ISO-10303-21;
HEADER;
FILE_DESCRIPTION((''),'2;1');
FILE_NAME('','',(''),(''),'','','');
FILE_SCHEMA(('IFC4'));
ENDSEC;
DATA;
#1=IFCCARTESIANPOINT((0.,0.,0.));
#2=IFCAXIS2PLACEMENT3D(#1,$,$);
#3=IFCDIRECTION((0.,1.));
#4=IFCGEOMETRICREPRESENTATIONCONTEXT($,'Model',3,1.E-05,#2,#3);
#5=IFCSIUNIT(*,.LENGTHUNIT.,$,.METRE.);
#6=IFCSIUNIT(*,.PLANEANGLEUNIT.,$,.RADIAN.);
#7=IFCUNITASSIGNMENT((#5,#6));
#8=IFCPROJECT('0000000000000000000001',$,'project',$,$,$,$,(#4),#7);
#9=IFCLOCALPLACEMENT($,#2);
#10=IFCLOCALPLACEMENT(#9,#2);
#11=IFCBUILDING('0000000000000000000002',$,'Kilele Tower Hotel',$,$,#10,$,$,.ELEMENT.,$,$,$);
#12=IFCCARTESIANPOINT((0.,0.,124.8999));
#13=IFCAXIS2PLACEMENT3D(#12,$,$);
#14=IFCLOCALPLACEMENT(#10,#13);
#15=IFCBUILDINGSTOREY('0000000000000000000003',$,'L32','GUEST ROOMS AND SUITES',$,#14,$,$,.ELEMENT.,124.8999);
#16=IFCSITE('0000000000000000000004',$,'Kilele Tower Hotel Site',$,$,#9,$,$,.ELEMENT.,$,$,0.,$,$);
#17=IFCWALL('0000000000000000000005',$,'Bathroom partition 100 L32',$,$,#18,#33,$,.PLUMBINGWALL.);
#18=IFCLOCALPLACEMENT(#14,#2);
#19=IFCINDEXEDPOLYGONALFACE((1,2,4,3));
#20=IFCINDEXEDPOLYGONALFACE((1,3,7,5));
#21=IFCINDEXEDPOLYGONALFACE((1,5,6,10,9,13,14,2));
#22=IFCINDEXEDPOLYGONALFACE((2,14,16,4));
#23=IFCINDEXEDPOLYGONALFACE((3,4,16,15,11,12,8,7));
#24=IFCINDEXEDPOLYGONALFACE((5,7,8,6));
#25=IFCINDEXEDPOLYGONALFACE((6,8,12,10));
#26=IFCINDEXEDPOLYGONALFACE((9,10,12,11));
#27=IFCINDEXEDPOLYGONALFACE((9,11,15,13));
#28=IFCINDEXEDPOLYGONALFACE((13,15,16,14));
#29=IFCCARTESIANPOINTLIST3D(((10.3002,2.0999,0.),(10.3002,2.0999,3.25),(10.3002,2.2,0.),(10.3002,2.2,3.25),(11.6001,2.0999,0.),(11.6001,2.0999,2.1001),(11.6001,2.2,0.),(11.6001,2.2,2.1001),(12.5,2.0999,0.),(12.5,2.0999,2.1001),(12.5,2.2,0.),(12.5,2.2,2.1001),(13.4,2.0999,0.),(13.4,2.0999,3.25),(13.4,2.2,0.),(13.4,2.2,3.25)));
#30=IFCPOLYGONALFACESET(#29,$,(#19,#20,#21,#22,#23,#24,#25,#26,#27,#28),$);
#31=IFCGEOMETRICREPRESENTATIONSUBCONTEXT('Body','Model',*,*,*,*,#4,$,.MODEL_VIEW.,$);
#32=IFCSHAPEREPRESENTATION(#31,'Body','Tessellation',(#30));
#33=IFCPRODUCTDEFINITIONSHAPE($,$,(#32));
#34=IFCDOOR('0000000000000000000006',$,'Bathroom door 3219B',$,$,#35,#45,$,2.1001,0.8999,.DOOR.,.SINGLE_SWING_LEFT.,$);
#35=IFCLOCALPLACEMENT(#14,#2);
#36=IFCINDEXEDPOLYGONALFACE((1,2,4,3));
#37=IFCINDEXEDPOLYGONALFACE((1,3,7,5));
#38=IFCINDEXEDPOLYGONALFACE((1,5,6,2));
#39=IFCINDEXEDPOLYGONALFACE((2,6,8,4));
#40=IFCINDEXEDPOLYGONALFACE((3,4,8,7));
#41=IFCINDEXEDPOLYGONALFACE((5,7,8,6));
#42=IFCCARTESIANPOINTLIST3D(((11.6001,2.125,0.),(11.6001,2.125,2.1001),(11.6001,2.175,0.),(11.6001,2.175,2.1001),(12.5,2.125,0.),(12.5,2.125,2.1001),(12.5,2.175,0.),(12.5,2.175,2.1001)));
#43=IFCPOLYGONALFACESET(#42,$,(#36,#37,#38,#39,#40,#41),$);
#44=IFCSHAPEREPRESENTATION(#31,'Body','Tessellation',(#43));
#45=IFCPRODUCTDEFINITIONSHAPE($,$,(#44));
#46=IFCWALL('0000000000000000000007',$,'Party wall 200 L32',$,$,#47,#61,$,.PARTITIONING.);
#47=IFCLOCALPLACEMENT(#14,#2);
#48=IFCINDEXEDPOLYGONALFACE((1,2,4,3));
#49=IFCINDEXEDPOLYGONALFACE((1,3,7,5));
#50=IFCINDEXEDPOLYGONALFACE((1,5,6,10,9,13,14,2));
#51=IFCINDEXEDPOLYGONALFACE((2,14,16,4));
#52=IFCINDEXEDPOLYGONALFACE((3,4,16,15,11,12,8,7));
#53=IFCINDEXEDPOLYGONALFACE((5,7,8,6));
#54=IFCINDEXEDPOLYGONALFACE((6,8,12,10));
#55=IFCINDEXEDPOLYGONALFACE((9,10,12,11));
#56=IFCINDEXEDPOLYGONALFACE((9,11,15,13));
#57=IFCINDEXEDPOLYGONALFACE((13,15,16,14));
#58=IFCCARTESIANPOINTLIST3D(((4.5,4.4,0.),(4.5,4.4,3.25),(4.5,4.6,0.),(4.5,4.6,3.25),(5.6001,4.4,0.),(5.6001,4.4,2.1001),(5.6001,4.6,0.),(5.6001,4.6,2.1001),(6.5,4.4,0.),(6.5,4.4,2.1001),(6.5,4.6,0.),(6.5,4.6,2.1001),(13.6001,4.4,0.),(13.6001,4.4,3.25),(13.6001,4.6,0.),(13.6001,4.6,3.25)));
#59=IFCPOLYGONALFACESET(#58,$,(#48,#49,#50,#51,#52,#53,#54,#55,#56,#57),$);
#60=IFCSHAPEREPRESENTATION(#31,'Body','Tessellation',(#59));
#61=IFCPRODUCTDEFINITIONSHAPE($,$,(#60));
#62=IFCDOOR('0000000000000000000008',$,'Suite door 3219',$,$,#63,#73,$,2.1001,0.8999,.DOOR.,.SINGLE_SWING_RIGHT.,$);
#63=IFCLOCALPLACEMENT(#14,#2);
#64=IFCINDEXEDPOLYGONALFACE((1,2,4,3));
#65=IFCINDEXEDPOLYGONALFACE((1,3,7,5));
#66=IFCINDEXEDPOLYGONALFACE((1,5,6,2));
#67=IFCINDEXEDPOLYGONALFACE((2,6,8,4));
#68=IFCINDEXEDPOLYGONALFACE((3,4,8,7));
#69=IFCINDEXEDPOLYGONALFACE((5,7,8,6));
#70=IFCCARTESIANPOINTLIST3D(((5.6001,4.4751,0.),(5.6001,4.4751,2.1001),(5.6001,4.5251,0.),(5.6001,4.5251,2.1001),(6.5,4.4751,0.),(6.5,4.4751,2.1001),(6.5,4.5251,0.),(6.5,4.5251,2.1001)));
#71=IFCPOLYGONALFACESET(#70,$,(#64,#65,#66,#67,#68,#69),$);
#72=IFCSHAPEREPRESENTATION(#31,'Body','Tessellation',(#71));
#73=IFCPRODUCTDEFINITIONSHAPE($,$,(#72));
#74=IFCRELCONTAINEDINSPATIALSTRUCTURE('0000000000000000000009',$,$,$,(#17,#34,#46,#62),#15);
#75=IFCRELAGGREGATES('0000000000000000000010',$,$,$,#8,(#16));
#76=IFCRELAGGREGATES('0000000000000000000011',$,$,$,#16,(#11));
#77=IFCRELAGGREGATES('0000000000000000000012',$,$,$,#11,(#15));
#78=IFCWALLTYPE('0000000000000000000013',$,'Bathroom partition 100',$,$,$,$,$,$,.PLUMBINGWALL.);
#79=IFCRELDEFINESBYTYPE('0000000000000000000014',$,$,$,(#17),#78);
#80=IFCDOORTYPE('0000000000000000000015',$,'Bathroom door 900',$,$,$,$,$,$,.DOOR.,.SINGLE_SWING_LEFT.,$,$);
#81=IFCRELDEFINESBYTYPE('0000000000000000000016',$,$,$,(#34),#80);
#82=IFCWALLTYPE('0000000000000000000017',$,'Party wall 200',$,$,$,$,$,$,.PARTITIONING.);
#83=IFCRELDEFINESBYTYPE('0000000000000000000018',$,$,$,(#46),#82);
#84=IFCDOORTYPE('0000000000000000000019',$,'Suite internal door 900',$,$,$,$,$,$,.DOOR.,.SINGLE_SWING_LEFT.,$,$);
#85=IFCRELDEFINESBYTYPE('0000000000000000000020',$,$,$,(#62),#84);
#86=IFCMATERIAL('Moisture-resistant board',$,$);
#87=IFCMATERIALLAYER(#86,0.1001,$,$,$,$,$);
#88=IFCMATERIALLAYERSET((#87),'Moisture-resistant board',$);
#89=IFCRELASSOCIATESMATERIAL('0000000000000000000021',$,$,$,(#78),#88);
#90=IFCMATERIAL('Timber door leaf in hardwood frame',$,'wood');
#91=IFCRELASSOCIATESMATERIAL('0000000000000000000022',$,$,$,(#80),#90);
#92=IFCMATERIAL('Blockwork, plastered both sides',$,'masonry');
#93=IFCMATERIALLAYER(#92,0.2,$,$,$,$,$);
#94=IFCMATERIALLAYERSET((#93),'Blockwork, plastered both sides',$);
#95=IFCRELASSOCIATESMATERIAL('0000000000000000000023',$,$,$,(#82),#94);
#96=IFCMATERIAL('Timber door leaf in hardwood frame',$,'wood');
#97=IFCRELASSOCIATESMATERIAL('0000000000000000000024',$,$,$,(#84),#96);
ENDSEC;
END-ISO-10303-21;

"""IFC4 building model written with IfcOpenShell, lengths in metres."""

from ifc_helpers import new_model, si_unit, direction, frame, frame_2d, origin, place, context, subcontext, project, spatial, rectangle, extrude, material, layer, layer_set, type_object, element, fill, save


model = new_model("IFC4")

# Units and contexts
model_context = context("Model", 3, precision=1e-05, world=origin(), true_north=direction((0.0, 1.0)))
body_context = subcontext(model_context, "Body", "Model", "MODEL_VIEW")
ifc_project = project(units=[si_unit("LENGTHUNIT", "METRE"), si_unit("PLANEANGLEUNIT", "RADIAN")], contexts=[model_context])

# Site, building, storey
site_placement = place(None, origin())
site = spatial("IfcSite", under=ifc_project, at=site_placement, Name="Kilele Tower Hotel Site", CompositionType="ELEMENT", RefElevation=0.0)
building_placement = place(site_placement, origin())
building = spatial("IfcBuilding", under=site, at=building_placement, Name="Kilele Tower Hotel", CompositionType="ELEMENT")
storey_placement = place(building_placement, frame((0.0, 0.0, 124.8999)))
storey = spatial("IfcBuildingStorey", under=building, at=storey_placement, Name="L32", Description="GUEST ROOMS AND SUITES", CompositionType="ELEMENT", Elevation=124.8999)

# Shared definitions
ifc_material_1 = material(Name="Moisture-resistant board")
ifc_layer_1 = layer(ifc_material_1, 0.1001)
ifc_layer_set_1 = layer_set([ifc_layer_1], Name="Moisture-resistant board")
wall_type_1 = type_object("IfcWallType", Name="Bathroom partition 100", PredefinedType="PLUMBINGWALL", material=ifc_layer_set_1)

# Walls, openings, doors
ifc_material_2 = material(Name="Timber door leaf in hardwood frame", Category="wood")
door_type_1 = type_object("IfcDoorType", Name="Bathroom door 900", OperationType="SINGLE_SWING_LEFT", PredefinedType="DOOR", material=ifc_material_2)
wall_1_placement = place(storey_placement, frame((13.3999, 2.1499, 0.0), z_axis=(0.0, 0.0, 1.0), x_axis=(-1.0, 0.0, 0.0)))
wall_1 = element("IfcWall", 1, at=wall_1_placement, inside=storey, type_object=wall_type_1, Name="Bathroom partition 100 L32", PredefinedType="PLUMBINGWALL", context=body_context, shape_type="SweptSolid", body=[
    extrude(rectangle(XDim=3.0999, YDim=0.1001, at=frame_2d((1.5498, 0.0))), origin(), (0.0, 0.0, 1.0), 3.25),
])
opening_1_placement = place(wall_1_placement, frame((0.8999, 0.0, 0.0)))
opening_1 = element("IfcOpeningElement", 2, at=opening_1_placement, cuts=wall_1, PredefinedType="OPENING", context=body_context, shape_type="SweptSolid", body=[
    extrude(rectangle(XDim=0.8999, YDim=2.1001, at=frame_2d((0.45, 1.05))), frame((0.0, 0.0601, 0.0), z_axis=(0.0, -1.0, 0.0), x_axis=(1.0, 0.0, 0.0)), (0.0, 0.0, 1.0), 0.1201),
])
door_1_placement = place(opening_1_placement, origin())
door_1 = element("IfcDoor", 3, at=door_1_placement, inside=storey, type_object=door_type_1, Name="Bathroom door 3219B", OperationType="SINGLE_SWING_LEFT", OverallHeight=2.1001, OverallWidth=0.8999, PredefinedType="DOOR", context=body_context, shape_type="SweptSolid", body=[
    extrude(rectangle(XDim=0.8999, YDim=2.1001, at=frame_2d((0.45, 1.05))), frame((0.0, 0.0249, 0.0), z_axis=(0.0, -1.0, 0.0), x_axis=(1.0, 0.0, 0.0)), (0.0, 0.0, 1.0), 0.05),
])
fill(opening_1, door_1)
ifc_material_3 = material(Name="Blockwork, plastered both sides", Category="masonry")
ifc_layer_2 = layer(ifc_material_3, 0.2)
ifc_layer_set_2 = layer_set([ifc_layer_2], Name="Blockwork, plastered both sides")
wall_type_2 = type_object("IfcWallType", Name="Party wall 200", PredefinedType="PARTITIONING", material=ifc_layer_set_2)
wall_2_placement = place(storey_placement, frame((13.6001, 4.5, 0.0), z_axis=(0.0, 0.0, 1.0), x_axis=(-1.0, 0.0, 0.0)))
wall_2 = element("IfcWall", 4, at=wall_2_placement, inside=storey, type_object=wall_type_2, Name="Party wall 200 L32", PredefinedType="PARTITIONING", context=body_context, shape_type="SweptSolid", body=[
    extrude(rectangle(XDim=9.1001, YDim=0.2, at=frame_2d((4.55, 0.0))), origin(), (0.0, 0.0, 1.0), 3.25),
])
opening_2_placement = place(wall_2_placement, frame((7.1001, 0.0, 0.0)))
opening_2 = element("IfcOpeningElement", 5, at=opening_2_placement, cuts=wall_2, PredefinedType="OPENING", context=body_context, shape_type="SweptSolid", body=[
    extrude(rectangle(XDim=0.8999, YDim=2.1001, at=frame_2d((0.45, 1.05))), frame((0.0, 0.1099, 0.0), z_axis=(0.0, -1.0, 0.0), x_axis=(1.0, 0.0, 0.0)), (0.0, 0.0, 1.0), 0.22),
])
ifc_material_4 = material(Name="Timber door leaf in hardwood frame", Category="wood")
door_type_2 = type_object("IfcDoorType", Name="Suite internal door 900", OperationType="SINGLE_SWING_LEFT", PredefinedType="DOOR", material=ifc_material_4)
door_2_placement = place(opening_2_placement, origin())
door_2 = element("IfcDoor", 6, at=door_2_placement, inside=storey, type_object=door_type_2, Name="Suite door 3219", OperationType="SINGLE_SWING_RIGHT", OverallHeight=2.1001, OverallWidth=0.8999, PredefinedType="DOOR", context=body_context, shape_type="SweptSolid", body=[
    extrude(rectangle(XDim=0.8999, YDim=2.1001, at=frame_2d((0.45, 1.05))), frame((0.0, 0.0249, 0.0), z_axis=(0.0, -1.0, 0.0), x_axis=(1.0, 0.0, 0.0)), (0.0, 0.0, 1.0), 0.05),
])
fill(opening_2, door_2)

save(model, "model.ifc")
